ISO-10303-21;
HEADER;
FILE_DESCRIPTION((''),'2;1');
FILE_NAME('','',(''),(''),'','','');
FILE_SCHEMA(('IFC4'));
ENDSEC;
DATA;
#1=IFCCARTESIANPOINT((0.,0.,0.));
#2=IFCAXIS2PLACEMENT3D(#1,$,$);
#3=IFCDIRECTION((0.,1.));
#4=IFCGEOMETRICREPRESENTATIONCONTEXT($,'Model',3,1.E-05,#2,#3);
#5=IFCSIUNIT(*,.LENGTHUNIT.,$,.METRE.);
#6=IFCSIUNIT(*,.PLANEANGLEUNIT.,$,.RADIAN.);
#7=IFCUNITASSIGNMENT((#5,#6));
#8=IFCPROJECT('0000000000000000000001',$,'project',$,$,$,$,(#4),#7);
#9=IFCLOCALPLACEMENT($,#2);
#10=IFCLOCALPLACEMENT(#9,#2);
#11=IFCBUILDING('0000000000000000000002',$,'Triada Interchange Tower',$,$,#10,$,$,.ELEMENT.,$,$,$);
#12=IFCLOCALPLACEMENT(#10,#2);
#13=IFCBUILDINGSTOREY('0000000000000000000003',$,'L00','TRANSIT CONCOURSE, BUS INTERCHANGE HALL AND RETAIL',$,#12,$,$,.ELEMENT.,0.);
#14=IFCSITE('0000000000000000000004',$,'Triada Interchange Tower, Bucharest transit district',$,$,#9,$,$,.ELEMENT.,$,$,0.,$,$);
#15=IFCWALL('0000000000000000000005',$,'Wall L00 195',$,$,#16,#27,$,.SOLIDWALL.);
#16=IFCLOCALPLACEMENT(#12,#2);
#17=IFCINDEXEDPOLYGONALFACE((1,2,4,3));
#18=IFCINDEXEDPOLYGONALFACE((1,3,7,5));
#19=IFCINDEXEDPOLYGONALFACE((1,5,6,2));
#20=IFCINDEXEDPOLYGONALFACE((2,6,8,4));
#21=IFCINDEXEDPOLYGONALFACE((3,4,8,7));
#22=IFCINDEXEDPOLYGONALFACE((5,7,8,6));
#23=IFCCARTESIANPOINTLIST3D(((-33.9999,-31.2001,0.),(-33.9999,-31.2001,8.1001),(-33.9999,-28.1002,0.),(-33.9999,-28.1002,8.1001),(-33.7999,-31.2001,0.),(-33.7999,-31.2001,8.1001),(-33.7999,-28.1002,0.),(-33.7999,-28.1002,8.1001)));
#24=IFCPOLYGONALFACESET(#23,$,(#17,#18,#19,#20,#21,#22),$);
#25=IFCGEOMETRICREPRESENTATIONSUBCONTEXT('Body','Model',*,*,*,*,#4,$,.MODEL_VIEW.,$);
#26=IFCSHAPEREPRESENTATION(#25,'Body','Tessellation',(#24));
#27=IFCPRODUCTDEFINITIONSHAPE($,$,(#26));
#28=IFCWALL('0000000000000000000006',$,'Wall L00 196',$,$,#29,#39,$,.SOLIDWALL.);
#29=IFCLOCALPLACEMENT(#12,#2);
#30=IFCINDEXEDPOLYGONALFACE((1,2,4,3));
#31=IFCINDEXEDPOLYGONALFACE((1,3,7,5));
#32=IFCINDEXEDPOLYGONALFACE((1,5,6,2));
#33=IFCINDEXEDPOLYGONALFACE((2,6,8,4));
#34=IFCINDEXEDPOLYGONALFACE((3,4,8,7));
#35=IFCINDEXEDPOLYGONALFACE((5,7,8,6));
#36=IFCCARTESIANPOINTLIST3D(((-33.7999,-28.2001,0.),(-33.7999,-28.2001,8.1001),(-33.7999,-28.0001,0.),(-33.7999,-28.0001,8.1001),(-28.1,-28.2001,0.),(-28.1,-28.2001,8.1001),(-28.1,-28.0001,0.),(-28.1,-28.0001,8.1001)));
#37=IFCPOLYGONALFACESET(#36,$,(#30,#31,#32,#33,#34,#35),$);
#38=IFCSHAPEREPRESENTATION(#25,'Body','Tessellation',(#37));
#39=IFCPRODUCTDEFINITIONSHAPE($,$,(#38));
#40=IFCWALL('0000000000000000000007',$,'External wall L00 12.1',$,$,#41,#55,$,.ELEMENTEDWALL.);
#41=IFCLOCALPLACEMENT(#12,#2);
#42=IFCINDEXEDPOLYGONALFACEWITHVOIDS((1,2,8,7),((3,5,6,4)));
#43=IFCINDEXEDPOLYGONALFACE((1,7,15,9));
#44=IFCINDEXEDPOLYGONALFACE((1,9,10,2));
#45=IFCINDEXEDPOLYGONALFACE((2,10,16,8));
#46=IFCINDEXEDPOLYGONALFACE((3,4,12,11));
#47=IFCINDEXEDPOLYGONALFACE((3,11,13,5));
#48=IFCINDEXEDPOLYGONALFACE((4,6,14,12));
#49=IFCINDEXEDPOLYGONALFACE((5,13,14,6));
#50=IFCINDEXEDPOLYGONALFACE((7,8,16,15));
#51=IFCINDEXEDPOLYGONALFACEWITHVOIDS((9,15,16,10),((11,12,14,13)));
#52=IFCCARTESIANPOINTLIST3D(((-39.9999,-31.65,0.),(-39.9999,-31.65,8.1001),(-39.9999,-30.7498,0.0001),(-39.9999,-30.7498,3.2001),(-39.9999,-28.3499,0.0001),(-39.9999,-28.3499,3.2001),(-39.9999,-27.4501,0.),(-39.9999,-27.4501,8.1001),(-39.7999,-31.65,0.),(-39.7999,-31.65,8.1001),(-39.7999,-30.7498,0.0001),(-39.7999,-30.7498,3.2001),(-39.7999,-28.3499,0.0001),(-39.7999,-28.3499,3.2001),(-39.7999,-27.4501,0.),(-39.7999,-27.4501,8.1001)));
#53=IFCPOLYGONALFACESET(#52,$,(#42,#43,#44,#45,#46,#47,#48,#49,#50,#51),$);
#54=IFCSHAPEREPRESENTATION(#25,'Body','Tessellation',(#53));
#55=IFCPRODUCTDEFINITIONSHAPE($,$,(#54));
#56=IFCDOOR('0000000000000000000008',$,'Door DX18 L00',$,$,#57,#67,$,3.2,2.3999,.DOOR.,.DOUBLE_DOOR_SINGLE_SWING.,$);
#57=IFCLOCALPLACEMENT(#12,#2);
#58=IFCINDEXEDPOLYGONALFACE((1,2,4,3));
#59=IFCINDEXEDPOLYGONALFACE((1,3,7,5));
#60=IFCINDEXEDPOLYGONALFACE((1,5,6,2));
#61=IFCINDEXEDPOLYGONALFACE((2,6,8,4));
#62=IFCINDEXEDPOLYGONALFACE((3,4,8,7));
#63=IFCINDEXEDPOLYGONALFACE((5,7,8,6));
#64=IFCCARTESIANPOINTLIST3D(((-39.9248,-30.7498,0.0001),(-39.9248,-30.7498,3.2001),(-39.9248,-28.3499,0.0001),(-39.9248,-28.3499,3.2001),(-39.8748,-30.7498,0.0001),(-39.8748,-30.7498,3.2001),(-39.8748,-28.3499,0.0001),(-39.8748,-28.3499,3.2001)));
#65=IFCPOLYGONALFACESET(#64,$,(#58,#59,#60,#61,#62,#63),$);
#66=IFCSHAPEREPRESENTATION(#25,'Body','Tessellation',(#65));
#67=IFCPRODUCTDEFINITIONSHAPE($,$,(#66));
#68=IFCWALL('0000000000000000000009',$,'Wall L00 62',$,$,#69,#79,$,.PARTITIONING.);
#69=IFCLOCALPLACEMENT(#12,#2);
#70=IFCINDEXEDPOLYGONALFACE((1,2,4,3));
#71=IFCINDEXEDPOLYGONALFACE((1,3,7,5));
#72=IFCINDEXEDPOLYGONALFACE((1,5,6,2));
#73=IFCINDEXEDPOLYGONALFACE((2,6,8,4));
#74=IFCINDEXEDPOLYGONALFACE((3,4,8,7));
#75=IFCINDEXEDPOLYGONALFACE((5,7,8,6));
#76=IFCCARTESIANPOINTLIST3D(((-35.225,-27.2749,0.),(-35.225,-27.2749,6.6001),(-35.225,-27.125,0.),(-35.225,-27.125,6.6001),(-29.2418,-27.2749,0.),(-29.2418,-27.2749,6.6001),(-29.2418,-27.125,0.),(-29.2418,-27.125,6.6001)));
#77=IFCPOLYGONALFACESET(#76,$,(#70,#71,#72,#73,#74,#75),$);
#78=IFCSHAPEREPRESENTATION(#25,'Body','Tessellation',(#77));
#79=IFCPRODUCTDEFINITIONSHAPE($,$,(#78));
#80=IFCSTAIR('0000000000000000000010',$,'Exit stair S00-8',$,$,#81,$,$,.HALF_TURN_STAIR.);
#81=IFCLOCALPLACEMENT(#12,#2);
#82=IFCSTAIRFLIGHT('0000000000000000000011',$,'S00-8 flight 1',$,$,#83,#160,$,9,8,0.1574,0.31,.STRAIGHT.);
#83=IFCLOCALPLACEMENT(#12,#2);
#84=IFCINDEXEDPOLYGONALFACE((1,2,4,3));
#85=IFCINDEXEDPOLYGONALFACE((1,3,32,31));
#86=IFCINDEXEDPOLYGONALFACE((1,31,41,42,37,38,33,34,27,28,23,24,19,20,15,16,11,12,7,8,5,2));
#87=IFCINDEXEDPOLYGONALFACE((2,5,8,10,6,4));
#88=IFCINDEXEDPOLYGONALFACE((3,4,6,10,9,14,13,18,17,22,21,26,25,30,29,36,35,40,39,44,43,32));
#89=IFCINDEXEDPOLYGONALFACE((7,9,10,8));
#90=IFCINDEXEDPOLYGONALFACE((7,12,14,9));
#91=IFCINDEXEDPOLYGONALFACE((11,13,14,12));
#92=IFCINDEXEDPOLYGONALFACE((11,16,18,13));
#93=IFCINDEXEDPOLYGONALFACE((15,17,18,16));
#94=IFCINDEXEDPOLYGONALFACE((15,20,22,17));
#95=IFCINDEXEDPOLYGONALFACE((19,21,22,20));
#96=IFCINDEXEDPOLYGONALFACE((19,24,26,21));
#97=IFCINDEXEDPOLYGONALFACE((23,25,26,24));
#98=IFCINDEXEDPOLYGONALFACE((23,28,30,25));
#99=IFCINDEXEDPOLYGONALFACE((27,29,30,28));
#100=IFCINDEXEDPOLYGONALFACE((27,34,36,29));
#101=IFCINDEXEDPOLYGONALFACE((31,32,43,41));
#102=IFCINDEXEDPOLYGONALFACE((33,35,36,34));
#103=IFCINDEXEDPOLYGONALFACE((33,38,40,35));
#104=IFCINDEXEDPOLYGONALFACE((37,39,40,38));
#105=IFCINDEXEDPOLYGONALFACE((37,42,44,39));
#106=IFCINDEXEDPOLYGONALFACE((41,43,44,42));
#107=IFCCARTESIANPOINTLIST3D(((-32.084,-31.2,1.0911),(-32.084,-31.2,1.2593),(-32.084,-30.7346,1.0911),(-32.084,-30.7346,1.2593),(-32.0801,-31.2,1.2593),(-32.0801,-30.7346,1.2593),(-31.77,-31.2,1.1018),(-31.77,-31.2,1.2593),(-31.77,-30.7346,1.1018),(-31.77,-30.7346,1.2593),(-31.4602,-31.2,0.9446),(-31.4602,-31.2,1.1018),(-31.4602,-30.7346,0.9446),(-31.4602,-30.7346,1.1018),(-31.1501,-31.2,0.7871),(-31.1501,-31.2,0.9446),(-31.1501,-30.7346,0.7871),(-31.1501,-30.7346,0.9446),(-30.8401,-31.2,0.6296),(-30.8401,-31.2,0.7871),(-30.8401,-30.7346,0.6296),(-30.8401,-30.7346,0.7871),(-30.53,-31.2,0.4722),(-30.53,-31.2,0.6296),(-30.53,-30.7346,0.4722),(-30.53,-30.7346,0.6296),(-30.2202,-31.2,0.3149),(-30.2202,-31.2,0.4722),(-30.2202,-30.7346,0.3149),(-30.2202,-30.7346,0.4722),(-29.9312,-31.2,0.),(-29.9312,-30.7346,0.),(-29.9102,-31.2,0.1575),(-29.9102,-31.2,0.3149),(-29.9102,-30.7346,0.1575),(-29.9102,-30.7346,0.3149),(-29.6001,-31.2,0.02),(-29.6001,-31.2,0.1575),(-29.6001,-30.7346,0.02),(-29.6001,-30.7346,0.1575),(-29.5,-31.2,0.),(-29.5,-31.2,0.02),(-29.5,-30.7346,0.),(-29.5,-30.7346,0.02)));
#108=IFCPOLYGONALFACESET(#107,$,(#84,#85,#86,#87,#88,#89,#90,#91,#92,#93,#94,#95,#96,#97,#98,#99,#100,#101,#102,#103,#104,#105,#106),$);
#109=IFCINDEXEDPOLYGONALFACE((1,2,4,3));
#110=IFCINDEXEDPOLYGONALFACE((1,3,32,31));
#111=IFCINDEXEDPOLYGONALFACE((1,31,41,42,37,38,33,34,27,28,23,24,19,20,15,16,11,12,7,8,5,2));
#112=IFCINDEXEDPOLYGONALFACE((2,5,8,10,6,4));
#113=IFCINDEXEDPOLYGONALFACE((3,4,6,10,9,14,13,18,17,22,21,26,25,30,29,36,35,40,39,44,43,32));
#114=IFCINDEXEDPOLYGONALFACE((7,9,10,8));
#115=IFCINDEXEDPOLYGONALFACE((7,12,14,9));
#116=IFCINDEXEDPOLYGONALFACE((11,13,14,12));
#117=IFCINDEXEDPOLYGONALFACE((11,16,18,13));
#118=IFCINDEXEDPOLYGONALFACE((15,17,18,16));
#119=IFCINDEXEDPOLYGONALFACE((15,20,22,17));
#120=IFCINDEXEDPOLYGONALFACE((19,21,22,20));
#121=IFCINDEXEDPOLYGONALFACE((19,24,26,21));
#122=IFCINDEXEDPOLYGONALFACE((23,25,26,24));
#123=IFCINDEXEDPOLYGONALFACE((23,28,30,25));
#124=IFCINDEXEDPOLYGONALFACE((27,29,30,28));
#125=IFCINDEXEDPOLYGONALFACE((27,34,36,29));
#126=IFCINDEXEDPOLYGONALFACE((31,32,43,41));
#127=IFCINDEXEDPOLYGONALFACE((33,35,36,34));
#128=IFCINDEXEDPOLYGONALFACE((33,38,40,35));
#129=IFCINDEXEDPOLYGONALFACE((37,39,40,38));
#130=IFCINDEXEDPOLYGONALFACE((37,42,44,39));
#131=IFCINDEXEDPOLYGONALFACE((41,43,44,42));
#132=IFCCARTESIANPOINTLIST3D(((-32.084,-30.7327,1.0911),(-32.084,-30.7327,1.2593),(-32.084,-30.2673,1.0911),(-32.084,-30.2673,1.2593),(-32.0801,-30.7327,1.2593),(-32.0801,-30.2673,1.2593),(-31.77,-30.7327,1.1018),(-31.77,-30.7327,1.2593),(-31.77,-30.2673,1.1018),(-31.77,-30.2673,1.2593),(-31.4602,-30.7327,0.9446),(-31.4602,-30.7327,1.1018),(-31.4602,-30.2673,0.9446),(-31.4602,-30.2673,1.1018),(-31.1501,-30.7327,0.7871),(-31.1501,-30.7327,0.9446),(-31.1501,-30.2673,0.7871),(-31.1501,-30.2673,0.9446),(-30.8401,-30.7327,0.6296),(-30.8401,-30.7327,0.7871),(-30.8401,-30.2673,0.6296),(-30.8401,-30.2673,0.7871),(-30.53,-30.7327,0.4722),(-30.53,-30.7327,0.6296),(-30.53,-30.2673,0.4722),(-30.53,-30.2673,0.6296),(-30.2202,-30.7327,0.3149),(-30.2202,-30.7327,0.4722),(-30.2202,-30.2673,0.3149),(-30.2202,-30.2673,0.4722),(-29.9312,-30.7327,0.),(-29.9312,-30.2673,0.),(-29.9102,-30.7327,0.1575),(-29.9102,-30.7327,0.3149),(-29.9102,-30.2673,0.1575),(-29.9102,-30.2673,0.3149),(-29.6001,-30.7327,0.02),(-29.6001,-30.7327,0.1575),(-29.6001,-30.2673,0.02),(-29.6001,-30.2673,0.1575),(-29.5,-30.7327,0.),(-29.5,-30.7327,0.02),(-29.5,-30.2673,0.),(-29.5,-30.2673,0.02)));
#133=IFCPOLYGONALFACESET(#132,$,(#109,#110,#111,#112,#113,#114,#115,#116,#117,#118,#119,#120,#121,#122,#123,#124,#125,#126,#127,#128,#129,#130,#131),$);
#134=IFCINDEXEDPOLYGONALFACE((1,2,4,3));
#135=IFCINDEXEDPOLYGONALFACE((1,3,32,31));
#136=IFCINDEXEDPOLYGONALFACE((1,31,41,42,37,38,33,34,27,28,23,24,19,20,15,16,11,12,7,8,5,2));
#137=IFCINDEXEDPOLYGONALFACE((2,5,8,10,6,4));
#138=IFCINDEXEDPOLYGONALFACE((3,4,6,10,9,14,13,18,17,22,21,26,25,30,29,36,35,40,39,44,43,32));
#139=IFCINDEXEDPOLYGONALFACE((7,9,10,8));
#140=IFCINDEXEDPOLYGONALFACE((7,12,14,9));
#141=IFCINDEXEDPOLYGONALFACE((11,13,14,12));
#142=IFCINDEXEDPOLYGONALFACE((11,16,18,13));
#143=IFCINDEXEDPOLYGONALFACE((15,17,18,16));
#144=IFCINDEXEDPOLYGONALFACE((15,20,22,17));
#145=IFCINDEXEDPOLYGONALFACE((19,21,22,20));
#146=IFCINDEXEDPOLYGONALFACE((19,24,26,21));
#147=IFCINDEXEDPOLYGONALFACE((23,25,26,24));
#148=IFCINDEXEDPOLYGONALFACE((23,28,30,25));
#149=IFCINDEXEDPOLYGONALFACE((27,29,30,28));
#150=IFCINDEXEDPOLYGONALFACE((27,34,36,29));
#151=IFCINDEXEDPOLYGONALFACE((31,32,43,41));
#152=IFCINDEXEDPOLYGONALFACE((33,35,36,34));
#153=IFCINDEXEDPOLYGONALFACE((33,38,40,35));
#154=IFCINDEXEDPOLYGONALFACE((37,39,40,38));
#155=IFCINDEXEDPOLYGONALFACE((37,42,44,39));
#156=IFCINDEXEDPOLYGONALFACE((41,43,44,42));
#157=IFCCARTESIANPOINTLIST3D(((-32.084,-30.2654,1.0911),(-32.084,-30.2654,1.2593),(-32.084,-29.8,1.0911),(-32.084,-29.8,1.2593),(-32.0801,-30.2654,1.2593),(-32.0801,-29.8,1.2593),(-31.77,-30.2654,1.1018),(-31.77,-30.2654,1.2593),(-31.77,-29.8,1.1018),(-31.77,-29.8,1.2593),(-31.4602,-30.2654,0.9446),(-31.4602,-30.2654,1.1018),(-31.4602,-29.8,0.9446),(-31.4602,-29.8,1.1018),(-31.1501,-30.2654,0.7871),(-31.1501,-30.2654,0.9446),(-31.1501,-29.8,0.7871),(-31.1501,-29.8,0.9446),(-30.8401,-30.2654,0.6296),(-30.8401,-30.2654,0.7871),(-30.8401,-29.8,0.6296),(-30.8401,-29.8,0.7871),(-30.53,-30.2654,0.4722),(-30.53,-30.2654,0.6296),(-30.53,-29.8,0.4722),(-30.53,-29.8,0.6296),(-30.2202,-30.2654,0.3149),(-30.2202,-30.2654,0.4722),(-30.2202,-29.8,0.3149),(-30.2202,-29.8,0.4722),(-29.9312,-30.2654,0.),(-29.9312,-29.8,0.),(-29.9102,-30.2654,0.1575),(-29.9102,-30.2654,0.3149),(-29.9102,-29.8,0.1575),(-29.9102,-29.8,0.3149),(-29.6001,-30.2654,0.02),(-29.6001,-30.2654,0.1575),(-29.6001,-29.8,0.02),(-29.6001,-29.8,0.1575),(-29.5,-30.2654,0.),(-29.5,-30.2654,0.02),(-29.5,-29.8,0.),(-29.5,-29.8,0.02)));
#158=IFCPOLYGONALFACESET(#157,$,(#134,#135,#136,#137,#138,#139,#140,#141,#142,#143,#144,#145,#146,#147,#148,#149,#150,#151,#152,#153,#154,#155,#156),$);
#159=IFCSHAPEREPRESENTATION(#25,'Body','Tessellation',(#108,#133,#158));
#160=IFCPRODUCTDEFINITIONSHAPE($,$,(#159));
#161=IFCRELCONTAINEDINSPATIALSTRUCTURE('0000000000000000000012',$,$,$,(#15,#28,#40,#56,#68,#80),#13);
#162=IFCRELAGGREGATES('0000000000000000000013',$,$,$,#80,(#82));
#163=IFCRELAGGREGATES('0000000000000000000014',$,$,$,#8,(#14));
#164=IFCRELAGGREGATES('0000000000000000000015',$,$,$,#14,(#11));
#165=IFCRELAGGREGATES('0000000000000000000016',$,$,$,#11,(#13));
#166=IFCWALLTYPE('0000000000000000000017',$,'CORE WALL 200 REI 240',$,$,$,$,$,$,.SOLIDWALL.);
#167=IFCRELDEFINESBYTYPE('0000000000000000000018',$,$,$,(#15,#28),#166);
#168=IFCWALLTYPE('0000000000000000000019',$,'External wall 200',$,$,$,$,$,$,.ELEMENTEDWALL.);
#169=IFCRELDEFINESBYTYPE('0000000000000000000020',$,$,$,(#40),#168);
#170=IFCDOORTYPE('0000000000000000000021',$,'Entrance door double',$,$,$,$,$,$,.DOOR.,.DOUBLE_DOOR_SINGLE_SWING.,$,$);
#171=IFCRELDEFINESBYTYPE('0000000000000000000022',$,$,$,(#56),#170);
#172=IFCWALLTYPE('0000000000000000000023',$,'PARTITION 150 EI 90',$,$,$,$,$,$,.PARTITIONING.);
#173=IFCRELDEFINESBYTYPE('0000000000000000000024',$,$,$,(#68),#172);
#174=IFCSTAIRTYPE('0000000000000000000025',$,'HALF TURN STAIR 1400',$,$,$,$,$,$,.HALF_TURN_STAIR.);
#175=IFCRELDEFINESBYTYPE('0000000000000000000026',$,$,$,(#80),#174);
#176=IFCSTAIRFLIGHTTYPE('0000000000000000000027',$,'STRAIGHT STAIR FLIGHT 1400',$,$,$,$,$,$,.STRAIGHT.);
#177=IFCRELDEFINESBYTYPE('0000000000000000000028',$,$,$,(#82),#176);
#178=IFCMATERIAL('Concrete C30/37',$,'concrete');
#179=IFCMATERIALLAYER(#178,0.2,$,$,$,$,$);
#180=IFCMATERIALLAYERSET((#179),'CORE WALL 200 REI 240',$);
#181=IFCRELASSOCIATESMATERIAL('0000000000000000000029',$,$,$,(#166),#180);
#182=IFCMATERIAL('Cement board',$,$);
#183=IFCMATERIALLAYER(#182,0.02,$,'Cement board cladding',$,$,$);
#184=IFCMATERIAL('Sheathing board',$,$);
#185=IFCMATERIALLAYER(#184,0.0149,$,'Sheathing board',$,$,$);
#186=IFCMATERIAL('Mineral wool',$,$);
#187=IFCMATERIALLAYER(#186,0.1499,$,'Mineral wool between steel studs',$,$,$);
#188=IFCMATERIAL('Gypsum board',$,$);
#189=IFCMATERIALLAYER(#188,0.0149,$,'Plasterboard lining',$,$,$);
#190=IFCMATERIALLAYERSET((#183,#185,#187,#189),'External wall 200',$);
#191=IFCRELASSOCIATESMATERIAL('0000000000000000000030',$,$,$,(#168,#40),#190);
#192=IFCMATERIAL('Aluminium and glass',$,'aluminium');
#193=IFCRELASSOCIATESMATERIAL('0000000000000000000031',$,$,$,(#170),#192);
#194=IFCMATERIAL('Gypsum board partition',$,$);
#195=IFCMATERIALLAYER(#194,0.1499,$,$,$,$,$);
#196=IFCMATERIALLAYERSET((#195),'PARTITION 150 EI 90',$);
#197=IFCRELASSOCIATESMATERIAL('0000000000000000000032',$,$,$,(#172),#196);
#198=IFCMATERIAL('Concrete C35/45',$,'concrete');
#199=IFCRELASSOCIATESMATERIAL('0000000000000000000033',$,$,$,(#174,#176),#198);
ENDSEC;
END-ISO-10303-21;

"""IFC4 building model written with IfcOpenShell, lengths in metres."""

from ifc_helpers import new_model, si_unit, direction, frame, frame_2d, origin, place, context, subcontext, project, spatial, polyline, rectangle, outline, extrude, material, layer, layer_set, layer_usage, type_object, element, fill, aggregate, save


model = new_model("IFC4")

# Units and contexts
model_context = context("Model", 3, precision=1e-05, world=origin(), true_north=direction((0.0, 1.0)))
body_context = subcontext(model_context, "Body", "Model", "MODEL_VIEW")
ifc_project = project(units=[si_unit("LENGTHUNIT", "METRE"), si_unit("PLANEANGLEUNIT", "RADIAN")], contexts=[model_context])

# Site, building, storey
site_placement = place(None, origin())
site = spatial("IfcSite", under=ifc_project, at=site_placement, Name="Triada Interchange Tower, Bucharest transit district", CompositionType="ELEMENT", RefElevation=0.0)
building_placement = place(site_placement, origin())
building = spatial("IfcBuilding", under=site, at=building_placement, Name="Triada Interchange Tower", CompositionType="ELEMENT")
storey_placement = place(building_placement, origin())
storey = spatial("IfcBuildingStorey", under=building, at=storey_placement, Name="L00", Description="TRANSIT CONCOURSE, BUS INTERCHANGE HALL AND RETAIL", CompositionType="ELEMENT", Elevation=0.0)

# Walls
ifc_material_1 = material(Name="Concrete C30/37", Category="concrete")
ifc_layer_1 = layer(ifc_material_1, 0.2)
ifc_layer_set_1 = layer_set([ifc_layer_1], Name="CORE WALL 200 REI 240")
wall_type_1 = type_object("IfcWallType", Name="CORE WALL 200 REI 240", PredefinedType="SOLIDWALL", material=ifc_layer_set_1)
wall_1_placement = place(storey_placement, frame((-33.8999, -31.2, 0.0), z_axis=(0.0, 0.0, 1.0), x_axis=(0.0, 1.0, 0.0)))
element("IfcWall", 1, at=wall_1_placement, inside=storey, type_object=wall_type_1, Name="Wall L00 195", PredefinedType="SOLIDWALL", context=body_context, shape_type="SweptSolid", body=[
    extrude(rectangle(XDim=3.0999, YDim=0.2, at=frame_2d((1.5498, 0.0))), origin(), (0.0, 0.0, 1.0), 8.1001),
])
wall_2_placement = place(storey_placement, frame((-33.8, -28.1001, 0.0), z_axis=(0.0, 0.0, 1.0), x_axis=(1.0, 0.0, 0.0)))
element("IfcWall", 2, at=wall_2_placement, inside=storey, type_object=wall_type_1, Name="Wall L00 196", PredefinedType="SOLIDWALL", context=body_context, shape_type="SweptSolid", body=[
    extrude(rectangle(XDim=5.7, YDim=0.2, at=frame_2d((2.8501, 0.0))), origin(), (0.0, 0.0, 1.0), 8.1001),
])

# Wall, opening, door
ifc_material_2 = material(Name="Cement board")
ifc_layer_2 = layer(ifc_material_2, 0.02, Name="Cement board cladding")
ifc_material_3 = material(Name="Sheathing board")
ifc_layer_3 = layer(ifc_material_3, 0.0149, Name="Sheathing board")
ifc_material_4 = material(Name="Mineral wool")
ifc_layer_4 = layer(ifc_material_4, 0.1499, Name="Mineral wool between steel studs")
ifc_material_5 = material(Name="Gypsum board")
ifc_layer_5 = layer(ifc_material_5, 0.0149, Name="Plasterboard lining")
ifc_layer_set_2 = layer_set([ifc_layer_2, ifc_layer_3, ifc_layer_4, ifc_layer_5], Name="External wall 200")
ifc_layer_usage = layer_usage(ifc_layer_set_2, "AXIS2", "POSITIVE", -0.1001)
wall_type_2 = type_object("IfcWallType", Name="External wall 200", PredefinedType="ELEMENTEDWALL", material=ifc_layer_set_2)
wall_3_placement = place(storey_placement, frame((-39.8999, -27.45, 0.0), z_axis=(0.0, 0.0, 1.0), x_axis=(0.0, -1.0, 0.0)))
wall_3 = element("IfcWall", 3, at=wall_3_placement, inside=storey, type_object=wall_type_2, material=ifc_layer_usage, Name="External wall L00 12.1", PredefinedType="ELEMENTEDWALL", context=body_context, shape_type="SweptSolid", body=[
    extrude(rectangle(XDim=4.2, YDim=0.2, at=frame_2d((2.1001, 0.0))), origin(), (0.0, 0.0, 1.0), 8.1001),
])
opening_placement = place(wall_3_placement, frame((0.8999, 0.0, 0.0)))
opening = element("IfcOpeningElement", 4, at=opening_placement, cuts=wall_3, PredefinedType="OPENING", context=body_context, shape_type="SweptSolid", body=[
    extrude(rectangle(XDim=2.3999, YDim=3.2, at=frame_2d((1.2, 1.6001))), frame((0.0, 0.1099, 0.0), z_axis=(0.0, -1.0, 0.0), x_axis=(1.0, 0.0, 0.0)), (0.0, 0.0, 1.0), 0.22),
])
ifc_material_6 = material(Name="Aluminium and glass", Category="aluminium")
door_type = type_object("IfcDoorType", Name="Entrance door double", OperationType="DOUBLE_DOOR_SINGLE_SWING", PredefinedType="DOOR", material=ifc_material_6)
door_placement = place(opening_placement, frame((2.3999, 0.0, 0.0), z_axis=(0.0, 0.0, 1.0), x_axis=(-1.0, 0.0, 0.0)))
door = element("IfcDoor", 5, at=door_placement, inside=storey, type_object=door_type, Name="Door DX18 L00", OperationType="DOUBLE_DOOR_SINGLE_SWING", OverallHeight=3.2, OverallWidth=2.3999, PredefinedType="DOOR", context=body_context, shape_type="SweptSolid", body=[
    extrude(rectangle(XDim=2.3999, YDim=3.2, at=frame_2d((1.2, 1.6001))), frame((0.0, 0.0249, 0.0), z_axis=(0.0, -1.0, 0.0), x_axis=(1.0, 0.0, 0.0)), (0.0, 0.0, 1.0), 0.05),
])
fill(opening, door)

# Wall
ifc_material_7 = material(Name="Gypsum board partition")
ifc_layer_6 = layer(ifc_material_7, 0.1499)
ifc_layer_set_3 = layer_set([ifc_layer_6], Name="PARTITION 150 EI 90")
wall_type_3 = type_object("IfcWallType", Name="PARTITION 150 EI 90", PredefinedType="PARTITIONING", material=ifc_layer_set_3)
wall_4_placement = place(storey_placement, frame((-35.2251, -27.2, 0.0), z_axis=(0.0, 0.0, 1.0), x_axis=(1.0, 0.0, 0.0)))
element("IfcWall", 6, at=wall_4_placement, inside=storey, type_object=wall_type_3, Name="Wall L00 62", PredefinedType="PARTITIONING", context=body_context, shape_type="SweptSolid", body=[
    extrude(rectangle(XDim=5.9832, YDim=0.1499, at=frame_2d((2.9917, 0.0))), origin(), (0.0, 0.0, 1.0), 6.6001),
])

# Stair, stair flight
ifc_material_8 = material(Name="Concrete C35/45", Category="concrete")
stair_type = type_object("IfcStairType", Name="HALF TURN STAIR 1400", PredefinedType="HALF_TURN_STAIR", material=ifc_material_8)
stair_placement = place(storey_placement, origin())
stair = element("IfcStair", 7, at=stair_placement, inside=storey, type_object=stair_type, Name="Exit stair S00-8", PredefinedType="HALF_TURN_STAIR")
stair_flight_type = type_object("IfcStairFlightType", Name="STRAIGHT STAIR FLIGHT 1400", PredefinedType="STRAIGHT", material=ifc_material_8)
stair_flight_1_placement = place(storey_placement, frame((-29.6001, -30.5, 0.0), z_axis=(0.0, 0.0, 1.0), x_axis=(-1.0, 0.0, 0.0)))
stair_flight_1 = element("IfcStairFlight", 8, at=stair_flight_1_placement, type_object=stair_flight_type, Name="S00-8 flight 1", NumberOfRisers=9, NumberOfTreads=8, PredefinedType="STRAIGHT", RiserHeight=0.1574, TreadLength=0.31, context=body_context, shape_type="SweptSolid", body=[
    extrude(outline(polyline([(-0.1001, 0.0), (-0.1001, 0.02), (0.0, 0.02), (0.0, 0.1575), (0.3101, 0.1575), (0.3101, 0.3149), (0.6201, 0.3149), (0.6201, 0.4722), (0.9299, 0.4722), (0.9299, 0.6296), (1.24, 0.6296), (1.24, 0.7871), (1.55, 0.7871), (1.55, 0.9446), (1.8601, 0.9446), (1.8601, 1.1018), (2.1699, 1.1018), (2.1699, 1.2593), (2.48, 1.2593), (2.4839, 1.2593), (2.4839, 1.4167), (2.4839, 1.0911), (0.3311, 0.0), (-0.1001, 0.0)])), frame((0.0, 0.7, 0.0), z_axis=(0.0, -1.0, 0.0), x_axis=(1.0, 0.0, 0.0)), (0.0, 0.0, 1.0), 0.4653),
    extrude(outline(polyline([(-0.1001, 0.0), (-0.1001, 0.02), (0.0, 0.02), (0.0, 0.1575), (0.3101, 0.1575), (0.3101, 0.3149), (0.6201, 0.3149), (0.6201, 0.4722), (0.9299, 0.4722), (0.9299, 0.6296), (1.24, 0.6296), (1.24, 0.7871), (1.55, 0.7871), (1.55, 0.9446), (1.8601, 0.9446), (1.8601, 1.1018), (2.1699, 1.1018), (2.1699, 1.2593), (2.48, 1.2593), (2.4839, 1.2593), (2.4839, 1.4167), (2.4839, 1.0911), (0.3311, 0.0), (-0.1001, 0.0)])), frame((0.0, 0.2327, 0.0), z_axis=(0.0, -1.0, 0.0), x_axis=(1.0, 0.0, 0.0)), (0.0, 0.0, 1.0), 0.4653),
    extrude(outline(polyline([(-0.1001, 0.0), (-0.1001, 0.02), (0.0, 0.02), (0.0, 0.1575), (0.3101, 0.1575), (0.3101, 0.3149), (0.6201, 0.3149), (0.6201, 0.4722), (0.9299, 0.4722), (0.9299, 0.6296), (1.24, 0.6296), (1.24, 0.7871), (1.55, 0.7871), (1.55, 0.9446), (1.8601, 0.9446), (1.8601, 1.1018), (2.1699, 1.1018), (2.1699, 1.2593), (2.48, 1.2593), (2.4839, 1.2593), (2.4839, 1.4167), (2.4839, 1.0911), (0.3311, 0.0), (-0.1001, 0.0)])), frame((0.0, -0.2346, 0.0), z_axis=(0.0, -1.0, 0.0), x_axis=(1.0, 0.0, 0.0)), (0.0, 0.0, 1.0), 0.4653),
])
aggregate(stair, [stair_flight_1])

save(model, "model.ifc")
